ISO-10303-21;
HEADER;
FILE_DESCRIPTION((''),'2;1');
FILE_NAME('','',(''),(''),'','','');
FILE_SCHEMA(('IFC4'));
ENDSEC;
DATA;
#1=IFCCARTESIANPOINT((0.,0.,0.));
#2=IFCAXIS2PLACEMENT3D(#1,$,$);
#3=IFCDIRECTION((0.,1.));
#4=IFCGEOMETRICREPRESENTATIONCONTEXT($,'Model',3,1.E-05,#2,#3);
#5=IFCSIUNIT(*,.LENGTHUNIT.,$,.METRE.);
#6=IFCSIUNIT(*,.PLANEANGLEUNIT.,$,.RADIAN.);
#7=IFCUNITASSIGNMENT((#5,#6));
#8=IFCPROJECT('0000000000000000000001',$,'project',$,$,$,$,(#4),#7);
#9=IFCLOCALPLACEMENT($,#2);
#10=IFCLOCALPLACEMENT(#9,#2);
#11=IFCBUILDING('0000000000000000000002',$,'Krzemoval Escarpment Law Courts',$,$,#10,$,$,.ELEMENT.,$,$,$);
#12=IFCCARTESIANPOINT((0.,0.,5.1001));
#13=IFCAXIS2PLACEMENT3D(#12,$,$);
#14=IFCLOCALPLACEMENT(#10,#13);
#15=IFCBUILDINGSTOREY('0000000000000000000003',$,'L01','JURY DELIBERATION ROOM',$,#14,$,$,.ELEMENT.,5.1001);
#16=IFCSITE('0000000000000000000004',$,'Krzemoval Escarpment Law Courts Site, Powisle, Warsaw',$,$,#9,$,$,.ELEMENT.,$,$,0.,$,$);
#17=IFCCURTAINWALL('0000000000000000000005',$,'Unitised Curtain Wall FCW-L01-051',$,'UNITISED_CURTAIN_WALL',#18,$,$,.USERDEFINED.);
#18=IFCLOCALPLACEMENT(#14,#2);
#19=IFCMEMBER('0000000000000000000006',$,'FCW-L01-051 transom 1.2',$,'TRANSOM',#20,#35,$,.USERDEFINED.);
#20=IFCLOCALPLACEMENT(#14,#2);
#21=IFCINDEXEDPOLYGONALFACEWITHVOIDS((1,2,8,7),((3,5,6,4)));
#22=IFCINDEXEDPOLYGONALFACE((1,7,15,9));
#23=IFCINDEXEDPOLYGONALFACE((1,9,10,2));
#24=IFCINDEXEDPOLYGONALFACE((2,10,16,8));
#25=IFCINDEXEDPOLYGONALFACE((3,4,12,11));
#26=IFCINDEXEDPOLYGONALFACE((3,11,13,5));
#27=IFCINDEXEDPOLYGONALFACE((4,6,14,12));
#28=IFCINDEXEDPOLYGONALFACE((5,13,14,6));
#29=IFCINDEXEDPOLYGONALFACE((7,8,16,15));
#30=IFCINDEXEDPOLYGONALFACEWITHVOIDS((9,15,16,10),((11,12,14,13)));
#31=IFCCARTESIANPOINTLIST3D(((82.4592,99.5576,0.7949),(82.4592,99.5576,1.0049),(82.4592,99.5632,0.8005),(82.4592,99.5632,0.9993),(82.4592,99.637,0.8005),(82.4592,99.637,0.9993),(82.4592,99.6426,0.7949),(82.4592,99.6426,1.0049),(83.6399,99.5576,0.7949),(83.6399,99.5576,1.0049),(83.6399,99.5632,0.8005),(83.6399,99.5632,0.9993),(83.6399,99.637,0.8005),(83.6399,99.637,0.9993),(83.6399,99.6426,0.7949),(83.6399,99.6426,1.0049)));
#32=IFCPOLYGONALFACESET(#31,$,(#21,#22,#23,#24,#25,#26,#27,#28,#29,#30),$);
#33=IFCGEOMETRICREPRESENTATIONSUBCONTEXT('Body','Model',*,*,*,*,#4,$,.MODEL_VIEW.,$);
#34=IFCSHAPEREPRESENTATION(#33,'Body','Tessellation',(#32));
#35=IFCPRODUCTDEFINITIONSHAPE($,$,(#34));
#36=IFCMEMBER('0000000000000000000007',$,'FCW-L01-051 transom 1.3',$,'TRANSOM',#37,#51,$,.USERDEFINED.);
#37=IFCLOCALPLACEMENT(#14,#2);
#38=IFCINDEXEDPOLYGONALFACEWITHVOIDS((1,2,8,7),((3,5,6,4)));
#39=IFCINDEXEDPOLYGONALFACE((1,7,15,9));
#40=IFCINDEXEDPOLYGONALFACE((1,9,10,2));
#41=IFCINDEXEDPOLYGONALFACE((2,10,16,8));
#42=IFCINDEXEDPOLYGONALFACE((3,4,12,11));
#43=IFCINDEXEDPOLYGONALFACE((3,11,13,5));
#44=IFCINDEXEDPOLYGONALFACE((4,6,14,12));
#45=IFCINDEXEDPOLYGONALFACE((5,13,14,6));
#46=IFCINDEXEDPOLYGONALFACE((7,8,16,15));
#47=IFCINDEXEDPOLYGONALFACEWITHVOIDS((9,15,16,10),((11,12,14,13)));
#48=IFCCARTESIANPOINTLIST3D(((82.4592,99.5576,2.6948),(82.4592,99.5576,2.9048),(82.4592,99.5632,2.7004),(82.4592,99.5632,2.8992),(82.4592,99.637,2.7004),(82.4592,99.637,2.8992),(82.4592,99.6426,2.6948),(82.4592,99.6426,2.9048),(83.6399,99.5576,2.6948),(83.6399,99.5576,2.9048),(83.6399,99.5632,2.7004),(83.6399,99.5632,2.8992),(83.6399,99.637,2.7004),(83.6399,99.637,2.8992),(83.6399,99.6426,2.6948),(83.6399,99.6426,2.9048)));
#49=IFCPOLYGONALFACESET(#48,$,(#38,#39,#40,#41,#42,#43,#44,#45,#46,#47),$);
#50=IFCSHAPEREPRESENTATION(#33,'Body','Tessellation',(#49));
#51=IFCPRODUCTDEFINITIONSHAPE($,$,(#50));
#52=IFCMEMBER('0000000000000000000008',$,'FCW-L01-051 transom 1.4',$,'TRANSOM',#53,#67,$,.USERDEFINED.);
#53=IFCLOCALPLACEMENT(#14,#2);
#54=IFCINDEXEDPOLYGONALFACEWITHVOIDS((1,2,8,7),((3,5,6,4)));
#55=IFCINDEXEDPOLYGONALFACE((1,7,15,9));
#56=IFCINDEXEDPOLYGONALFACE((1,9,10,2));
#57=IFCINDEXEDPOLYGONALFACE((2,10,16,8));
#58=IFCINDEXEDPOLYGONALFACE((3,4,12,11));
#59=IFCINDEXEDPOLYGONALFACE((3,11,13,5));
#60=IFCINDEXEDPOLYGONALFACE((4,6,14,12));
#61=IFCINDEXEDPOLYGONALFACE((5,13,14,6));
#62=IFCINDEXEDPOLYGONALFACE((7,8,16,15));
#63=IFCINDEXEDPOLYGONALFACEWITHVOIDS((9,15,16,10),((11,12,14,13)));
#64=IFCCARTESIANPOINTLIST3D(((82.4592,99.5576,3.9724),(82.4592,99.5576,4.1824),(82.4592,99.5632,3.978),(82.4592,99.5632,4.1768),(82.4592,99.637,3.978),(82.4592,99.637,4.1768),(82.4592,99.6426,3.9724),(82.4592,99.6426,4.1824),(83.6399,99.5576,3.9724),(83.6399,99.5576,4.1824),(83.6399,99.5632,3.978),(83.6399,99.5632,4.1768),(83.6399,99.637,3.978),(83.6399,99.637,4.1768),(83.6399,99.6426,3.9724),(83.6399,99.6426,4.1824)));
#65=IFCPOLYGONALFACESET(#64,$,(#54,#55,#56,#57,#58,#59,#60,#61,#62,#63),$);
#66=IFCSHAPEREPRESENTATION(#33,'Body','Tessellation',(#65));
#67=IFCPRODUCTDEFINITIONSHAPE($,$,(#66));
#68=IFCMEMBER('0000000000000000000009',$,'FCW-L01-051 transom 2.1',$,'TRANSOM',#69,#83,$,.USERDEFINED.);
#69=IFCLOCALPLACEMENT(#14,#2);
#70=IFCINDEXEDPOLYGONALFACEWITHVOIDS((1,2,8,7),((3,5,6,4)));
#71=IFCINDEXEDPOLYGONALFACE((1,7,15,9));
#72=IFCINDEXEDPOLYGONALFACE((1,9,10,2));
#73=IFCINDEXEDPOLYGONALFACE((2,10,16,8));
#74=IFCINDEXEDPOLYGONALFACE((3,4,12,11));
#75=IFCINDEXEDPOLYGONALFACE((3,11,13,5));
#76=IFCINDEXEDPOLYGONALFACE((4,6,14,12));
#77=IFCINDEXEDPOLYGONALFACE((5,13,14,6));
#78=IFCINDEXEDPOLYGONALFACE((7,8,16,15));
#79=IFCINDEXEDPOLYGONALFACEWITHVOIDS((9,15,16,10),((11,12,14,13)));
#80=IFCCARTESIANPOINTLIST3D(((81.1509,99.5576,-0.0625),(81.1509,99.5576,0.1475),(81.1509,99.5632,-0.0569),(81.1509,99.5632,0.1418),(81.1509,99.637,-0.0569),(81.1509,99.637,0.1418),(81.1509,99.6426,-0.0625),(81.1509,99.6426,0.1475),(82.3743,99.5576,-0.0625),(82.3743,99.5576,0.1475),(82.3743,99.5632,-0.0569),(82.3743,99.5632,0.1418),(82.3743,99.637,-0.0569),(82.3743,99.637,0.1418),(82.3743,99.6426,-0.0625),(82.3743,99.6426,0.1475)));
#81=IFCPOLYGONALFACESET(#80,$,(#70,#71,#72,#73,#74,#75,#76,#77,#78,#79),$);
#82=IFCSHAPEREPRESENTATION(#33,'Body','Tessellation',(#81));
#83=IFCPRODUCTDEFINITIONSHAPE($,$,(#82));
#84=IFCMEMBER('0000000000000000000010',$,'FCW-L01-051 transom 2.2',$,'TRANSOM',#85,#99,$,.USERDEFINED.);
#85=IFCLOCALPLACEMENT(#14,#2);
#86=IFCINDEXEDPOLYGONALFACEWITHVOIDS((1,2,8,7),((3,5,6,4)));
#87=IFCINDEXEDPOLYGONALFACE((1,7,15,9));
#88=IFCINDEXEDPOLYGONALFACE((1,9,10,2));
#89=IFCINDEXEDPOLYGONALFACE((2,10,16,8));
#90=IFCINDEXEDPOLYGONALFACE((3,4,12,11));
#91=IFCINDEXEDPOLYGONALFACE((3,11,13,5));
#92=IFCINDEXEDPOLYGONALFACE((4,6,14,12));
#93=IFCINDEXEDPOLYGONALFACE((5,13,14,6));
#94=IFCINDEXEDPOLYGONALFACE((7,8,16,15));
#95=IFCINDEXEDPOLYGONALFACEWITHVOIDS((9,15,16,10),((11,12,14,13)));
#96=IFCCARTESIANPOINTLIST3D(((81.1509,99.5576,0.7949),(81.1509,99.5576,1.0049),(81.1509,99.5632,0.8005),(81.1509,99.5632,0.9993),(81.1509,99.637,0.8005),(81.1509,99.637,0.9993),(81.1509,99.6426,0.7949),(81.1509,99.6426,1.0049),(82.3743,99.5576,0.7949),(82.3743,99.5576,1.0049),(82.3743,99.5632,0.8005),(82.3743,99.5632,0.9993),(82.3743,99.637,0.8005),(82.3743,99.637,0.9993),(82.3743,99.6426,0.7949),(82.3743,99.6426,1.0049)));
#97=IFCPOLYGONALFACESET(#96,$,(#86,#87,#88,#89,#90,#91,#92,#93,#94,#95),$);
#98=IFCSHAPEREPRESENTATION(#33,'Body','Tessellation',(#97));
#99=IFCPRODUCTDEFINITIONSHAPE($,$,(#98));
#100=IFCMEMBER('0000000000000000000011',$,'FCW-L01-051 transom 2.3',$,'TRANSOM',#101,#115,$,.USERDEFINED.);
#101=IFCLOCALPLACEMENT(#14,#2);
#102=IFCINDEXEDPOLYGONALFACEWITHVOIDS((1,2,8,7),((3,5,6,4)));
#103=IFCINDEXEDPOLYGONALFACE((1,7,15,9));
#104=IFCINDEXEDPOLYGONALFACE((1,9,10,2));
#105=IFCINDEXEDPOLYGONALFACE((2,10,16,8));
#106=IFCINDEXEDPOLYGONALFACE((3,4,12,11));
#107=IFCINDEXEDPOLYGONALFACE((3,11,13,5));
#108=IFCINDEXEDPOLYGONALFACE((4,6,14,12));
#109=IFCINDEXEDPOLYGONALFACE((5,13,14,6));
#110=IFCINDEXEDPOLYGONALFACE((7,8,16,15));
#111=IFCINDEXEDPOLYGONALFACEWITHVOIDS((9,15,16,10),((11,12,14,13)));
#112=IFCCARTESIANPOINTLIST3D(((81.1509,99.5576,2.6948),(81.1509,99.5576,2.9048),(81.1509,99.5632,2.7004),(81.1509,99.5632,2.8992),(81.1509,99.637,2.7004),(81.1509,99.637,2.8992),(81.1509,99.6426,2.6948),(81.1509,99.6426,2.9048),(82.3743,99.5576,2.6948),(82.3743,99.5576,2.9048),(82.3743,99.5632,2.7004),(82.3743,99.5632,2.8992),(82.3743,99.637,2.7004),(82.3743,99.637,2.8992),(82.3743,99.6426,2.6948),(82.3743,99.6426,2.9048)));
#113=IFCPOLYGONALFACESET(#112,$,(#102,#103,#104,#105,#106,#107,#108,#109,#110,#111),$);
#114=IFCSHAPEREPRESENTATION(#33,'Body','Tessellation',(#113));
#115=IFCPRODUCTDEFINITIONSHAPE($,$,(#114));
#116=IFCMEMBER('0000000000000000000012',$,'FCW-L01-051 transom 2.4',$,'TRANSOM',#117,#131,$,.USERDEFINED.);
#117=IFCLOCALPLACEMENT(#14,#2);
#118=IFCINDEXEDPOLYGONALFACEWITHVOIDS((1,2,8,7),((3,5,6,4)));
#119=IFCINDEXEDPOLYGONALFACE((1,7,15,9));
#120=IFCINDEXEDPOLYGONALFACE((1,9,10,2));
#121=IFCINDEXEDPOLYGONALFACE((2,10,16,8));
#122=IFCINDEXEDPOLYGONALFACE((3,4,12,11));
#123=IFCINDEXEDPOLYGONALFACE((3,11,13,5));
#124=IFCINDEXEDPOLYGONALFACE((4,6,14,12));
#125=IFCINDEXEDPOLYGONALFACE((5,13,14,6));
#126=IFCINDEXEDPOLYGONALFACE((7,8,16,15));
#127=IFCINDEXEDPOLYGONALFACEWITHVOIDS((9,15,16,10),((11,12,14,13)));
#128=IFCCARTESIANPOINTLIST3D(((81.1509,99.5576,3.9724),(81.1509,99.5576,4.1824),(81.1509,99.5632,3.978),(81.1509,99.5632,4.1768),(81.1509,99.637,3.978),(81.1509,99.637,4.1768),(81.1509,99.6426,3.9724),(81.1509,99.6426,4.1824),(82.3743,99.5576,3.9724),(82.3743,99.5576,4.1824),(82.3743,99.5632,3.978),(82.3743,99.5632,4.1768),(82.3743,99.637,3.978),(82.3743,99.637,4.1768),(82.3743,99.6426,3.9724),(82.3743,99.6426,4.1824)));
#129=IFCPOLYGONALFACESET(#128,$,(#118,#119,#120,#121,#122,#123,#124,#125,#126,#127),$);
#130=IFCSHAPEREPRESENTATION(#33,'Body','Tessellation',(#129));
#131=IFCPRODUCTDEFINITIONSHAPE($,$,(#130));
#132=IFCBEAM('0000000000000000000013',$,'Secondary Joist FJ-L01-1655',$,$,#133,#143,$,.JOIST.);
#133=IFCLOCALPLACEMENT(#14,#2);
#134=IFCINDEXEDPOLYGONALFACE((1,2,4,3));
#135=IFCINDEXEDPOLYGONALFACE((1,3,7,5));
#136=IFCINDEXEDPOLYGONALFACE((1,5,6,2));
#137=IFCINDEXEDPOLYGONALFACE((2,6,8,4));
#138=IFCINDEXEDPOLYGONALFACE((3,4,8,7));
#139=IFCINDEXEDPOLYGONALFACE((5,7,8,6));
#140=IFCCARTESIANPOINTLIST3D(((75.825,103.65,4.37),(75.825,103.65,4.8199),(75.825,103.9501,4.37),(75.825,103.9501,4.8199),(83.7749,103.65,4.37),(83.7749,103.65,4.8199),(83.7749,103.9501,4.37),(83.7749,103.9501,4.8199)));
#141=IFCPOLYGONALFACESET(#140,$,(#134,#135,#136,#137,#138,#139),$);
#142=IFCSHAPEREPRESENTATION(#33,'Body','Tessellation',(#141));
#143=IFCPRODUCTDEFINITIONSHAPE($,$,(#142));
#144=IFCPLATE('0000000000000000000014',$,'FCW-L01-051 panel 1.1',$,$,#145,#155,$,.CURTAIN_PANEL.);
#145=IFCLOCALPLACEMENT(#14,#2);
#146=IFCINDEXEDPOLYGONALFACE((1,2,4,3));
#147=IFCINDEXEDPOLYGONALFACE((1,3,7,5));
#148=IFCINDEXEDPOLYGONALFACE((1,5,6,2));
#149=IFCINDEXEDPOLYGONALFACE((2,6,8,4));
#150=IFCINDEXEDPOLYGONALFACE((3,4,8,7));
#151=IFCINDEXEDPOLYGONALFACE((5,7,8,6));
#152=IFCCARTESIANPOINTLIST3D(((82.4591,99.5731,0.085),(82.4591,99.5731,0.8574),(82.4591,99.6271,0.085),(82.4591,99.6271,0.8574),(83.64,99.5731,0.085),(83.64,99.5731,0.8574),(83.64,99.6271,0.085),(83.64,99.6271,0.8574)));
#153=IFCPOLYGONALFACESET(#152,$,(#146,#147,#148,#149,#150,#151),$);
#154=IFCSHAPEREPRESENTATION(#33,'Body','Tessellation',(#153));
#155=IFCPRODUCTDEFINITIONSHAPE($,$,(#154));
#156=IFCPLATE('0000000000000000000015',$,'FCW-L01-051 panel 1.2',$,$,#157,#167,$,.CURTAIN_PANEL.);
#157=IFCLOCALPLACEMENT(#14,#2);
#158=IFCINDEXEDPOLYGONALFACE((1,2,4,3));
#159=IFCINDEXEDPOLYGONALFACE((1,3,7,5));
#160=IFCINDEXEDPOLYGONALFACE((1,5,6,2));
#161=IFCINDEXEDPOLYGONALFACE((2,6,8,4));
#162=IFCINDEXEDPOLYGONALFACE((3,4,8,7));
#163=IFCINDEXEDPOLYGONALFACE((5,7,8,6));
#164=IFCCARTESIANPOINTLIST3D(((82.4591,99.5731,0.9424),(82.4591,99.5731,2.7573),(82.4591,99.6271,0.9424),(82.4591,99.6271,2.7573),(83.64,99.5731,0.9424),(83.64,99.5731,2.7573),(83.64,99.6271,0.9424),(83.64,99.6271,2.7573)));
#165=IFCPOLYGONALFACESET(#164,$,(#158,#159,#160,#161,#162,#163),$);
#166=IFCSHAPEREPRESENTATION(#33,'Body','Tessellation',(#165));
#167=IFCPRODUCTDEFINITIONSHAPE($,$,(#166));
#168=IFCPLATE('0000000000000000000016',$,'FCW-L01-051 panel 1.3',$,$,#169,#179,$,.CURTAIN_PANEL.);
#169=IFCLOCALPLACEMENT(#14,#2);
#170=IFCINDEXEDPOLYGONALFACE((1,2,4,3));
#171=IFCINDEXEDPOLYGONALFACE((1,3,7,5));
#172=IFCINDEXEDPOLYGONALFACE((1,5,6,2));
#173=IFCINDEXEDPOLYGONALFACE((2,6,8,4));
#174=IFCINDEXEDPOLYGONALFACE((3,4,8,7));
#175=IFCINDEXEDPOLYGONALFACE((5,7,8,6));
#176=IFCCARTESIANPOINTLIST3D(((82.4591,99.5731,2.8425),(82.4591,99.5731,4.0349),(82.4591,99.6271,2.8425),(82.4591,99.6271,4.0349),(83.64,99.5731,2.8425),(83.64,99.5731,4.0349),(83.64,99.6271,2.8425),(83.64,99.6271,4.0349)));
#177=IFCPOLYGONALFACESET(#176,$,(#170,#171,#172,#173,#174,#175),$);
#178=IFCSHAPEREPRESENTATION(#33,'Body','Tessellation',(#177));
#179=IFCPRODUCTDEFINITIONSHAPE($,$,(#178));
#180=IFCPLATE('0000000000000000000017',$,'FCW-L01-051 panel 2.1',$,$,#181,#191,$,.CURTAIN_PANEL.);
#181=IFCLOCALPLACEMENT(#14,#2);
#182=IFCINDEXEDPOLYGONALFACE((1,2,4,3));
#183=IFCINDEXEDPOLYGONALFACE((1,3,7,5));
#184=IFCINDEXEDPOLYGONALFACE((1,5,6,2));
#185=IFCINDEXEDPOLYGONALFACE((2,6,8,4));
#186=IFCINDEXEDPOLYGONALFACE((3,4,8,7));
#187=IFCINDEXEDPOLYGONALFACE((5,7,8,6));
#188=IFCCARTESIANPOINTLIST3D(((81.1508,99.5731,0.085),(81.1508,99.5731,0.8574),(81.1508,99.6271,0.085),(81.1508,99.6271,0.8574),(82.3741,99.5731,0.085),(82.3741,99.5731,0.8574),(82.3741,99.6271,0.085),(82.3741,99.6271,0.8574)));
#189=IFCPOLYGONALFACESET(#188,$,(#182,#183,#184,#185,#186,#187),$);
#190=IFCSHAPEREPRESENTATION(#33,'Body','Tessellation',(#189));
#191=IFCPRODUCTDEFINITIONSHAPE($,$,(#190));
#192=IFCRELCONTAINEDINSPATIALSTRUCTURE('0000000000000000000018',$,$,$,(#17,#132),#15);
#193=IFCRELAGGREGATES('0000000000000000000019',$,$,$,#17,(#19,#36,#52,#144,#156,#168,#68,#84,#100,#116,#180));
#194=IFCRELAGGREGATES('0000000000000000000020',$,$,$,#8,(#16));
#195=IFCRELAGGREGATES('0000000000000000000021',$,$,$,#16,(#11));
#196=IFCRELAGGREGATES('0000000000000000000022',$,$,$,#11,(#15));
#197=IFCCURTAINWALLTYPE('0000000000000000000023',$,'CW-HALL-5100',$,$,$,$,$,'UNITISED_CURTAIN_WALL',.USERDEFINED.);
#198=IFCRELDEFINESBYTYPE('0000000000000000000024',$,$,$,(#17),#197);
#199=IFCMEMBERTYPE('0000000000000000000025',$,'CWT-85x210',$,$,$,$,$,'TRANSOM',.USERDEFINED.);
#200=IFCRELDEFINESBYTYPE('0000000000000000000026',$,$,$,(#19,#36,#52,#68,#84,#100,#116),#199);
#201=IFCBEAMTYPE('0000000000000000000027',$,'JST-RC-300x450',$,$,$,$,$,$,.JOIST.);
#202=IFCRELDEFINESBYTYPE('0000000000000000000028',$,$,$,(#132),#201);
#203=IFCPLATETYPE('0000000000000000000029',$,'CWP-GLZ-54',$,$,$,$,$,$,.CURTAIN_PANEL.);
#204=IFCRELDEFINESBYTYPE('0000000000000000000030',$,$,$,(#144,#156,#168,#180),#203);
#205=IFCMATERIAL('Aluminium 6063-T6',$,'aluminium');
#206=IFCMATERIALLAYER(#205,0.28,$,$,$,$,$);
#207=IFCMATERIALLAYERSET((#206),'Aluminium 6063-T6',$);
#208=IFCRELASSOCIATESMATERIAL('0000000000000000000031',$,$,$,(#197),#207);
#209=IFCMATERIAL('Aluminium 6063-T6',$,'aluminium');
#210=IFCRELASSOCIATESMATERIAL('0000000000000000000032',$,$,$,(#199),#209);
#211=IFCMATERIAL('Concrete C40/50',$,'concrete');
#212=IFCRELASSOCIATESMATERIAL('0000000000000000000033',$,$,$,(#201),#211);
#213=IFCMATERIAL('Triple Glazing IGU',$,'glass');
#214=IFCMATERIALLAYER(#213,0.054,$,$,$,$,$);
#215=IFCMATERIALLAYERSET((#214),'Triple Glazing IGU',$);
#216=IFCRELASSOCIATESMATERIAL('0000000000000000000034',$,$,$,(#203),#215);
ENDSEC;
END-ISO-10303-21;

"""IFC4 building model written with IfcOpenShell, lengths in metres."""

from ifc_helpers import new_model, si_unit, direction, frame, origin, origin_2d, place, context, subcontext, project, spatial, rectangle, hollow_rectangle, extrude, material, layer, layer_set, material_profile, profile_set, type_object, element, aggregate, save


model = new_model("IFC4")

# Units and contexts
model_context = context("Model", 3, precision=1e-05, world=origin(), true_north=direction((0.0, 1.0)))
body_context = subcontext(model_context, "Body", "Model", "MODEL_VIEW")
ifc_project = project(units=[si_unit("LENGTHUNIT", "METRE"), si_unit("PLANEANGLEUNIT", "RADIAN")], contexts=[model_context])

# Site, building, storey
site_placement = place(None, origin())
site = spatial("IfcSite", under=ifc_project, at=site_placement, Name="Krzemoval Escarpment Law Courts Site, Powisle, Warsaw", CompositionType="ELEMENT", RefElevation=0.0)
building_placement = place(site_placement, origin())
building = spatial("IfcBuilding", under=site, at=building_placement, Name="Krzemoval Escarpment Law Courts", CompositionType="ELEMENT")
storey_placement = place(building_placement, frame((0.0, 0.0, 5.1001)))
storey = spatial("IfcBuildingStorey", under=building, at=storey_placement, Name="L01", Description="JURY DELIBERATION ROOM", CompositionType="ELEMENT", Elevation=5.1001)

# Curtain wall, members
ifc_material_1 = material(Name="Aluminium 6063-T6", Category="aluminium")
ifc_layer_1 = layer(ifc_material_1, 0.28)
ifc_layer_set_1 = layer_set([ifc_layer_1], Name="Aluminium 6063-T6")
curtain_wall_type = type_object("IfcCurtainWallType", Name="CW-HALL-5100", ElementType="UNITISED_CURTAIN_WALL", PredefinedType="USERDEFINED", material=ifc_layer_set_1)
curtain_wall_placement = place(storey_placement, origin())
curtain_wall = element("IfcCurtainWall", 1, at=curtain_wall_placement, inside=storey, type_object=curtain_wall_type, Name="Unitised Curtain Wall FCW-L01-051", ObjectType="UNITISED_CURTAIN_WALL", PredefinedType="USERDEFINED")
ifc_material_2 = material(Name="Aluminium 6063-T6", Category="aluminium")
ifc_material_profile_1 = material_profile(ifc_material_2, hollow_rectangle(XDim=0.085, YDim=0.21, WallThickness=0.0056, at=origin_2d()), Name="ALU T85x210")
ifc_profile_set_1 = profile_set([ifc_material_profile_1], Name="Aluminium 6063-T6")
member_type_1 = type_object("IfcMemberType", Name="CWT-85x210", ElementType="TRANSOM", PredefinedType="USERDEFINED", material=ifc_profile_set_1)
member_1_placement = place(storey_placement, frame((83.6399, 99.6001, 0.8999), z_axis=(-1.0, 0.0, 0.0), x_axis=(0.0, -1.0, 0.0)))
member_1 = element("IfcMember", 2, at=member_1_placement, type_object=member_type_1, Name="FCW-L01-051 transom 1.2", ObjectType="TRANSOM", PredefinedType="USERDEFINED", context=body_context, shape_type="SweptSolid", body=[
    extrude(hollow_rectangle(XDim=0.085, YDim=0.21, WallThickness=0.0056, at=origin_2d()), origin(), (0.0, 0.0, 1.0), 1.1807),
])
member_2_placement = place(storey_placement, frame((83.6399, 99.6001, 2.7998), z_axis=(-1.0, 0.0, 0.0), x_axis=(0.0, -1.0, 0.0)))
member_2 = element("IfcMember", 3, at=member_2_placement, type_object=member_type_1, Name="FCW-L01-051 transom 1.3", ObjectType="TRANSOM", PredefinedType="USERDEFINED", context=body_context, shape_type="SweptSolid", body=[
    extrude(hollow_rectangle(XDim=0.085, YDim=0.21, WallThickness=0.0056, at=origin_2d()), origin(), (0.0, 0.0, 1.0), 1.1807),
])
member_3_placement = place(storey_placement, frame((83.6399, 99.6001, 4.0774), z_axis=(-1.0, 0.0, 0.0), x_axis=(0.0, -1.0, 0.0)))
member_3 = element("IfcMember", 4, at=member_3_placement, type_object=member_type_1, Name="FCW-L01-051 transom 1.4", ObjectType="TRANSOM", PredefinedType="USERDEFINED", context=body_context, shape_type="SweptSolid", body=[
    extrude(hollow_rectangle(XDim=0.085, YDim=0.21, WallThickness=0.0056, at=origin_2d()), origin(), (0.0, 0.0, 1.0), 1.1807),
])
member_4_placement = place(storey_placement, frame((82.3743, 99.6001, 0.0425), z_axis=(-1.0, 0.0, 0.0), x_axis=(0.0, -1.0, 0.0)))
member_4 = element("IfcMember", 5, at=member_4_placement, type_object=member_type_1, Name="FCW-L01-051 transom 2.1", ObjectType="TRANSOM", PredefinedType="USERDEFINED", context=body_context, shape_type="SweptSolid", body=[
    extrude(hollow_rectangle(XDim=0.085, YDim=0.21, WallThickness=0.0056, at=origin_2d()), origin(), (0.0, 0.0, 1.0), 1.2234),
])
member_5_placement = place(storey_placement, frame((82.3743, 99.6001, 0.8999), z_axis=(-1.0, 0.0, 0.0), x_axis=(0.0, -1.0, 0.0)))
member_5 = element("IfcMember", 6, at=member_5_placement, type_object=member_type_1, Name="FCW-L01-051 transom 2.2", ObjectType="TRANSOM", PredefinedType="USERDEFINED", context=body_context, shape_type="SweptSolid", body=[
    extrude(hollow_rectangle(XDim=0.085, YDim=0.21, WallThickness=0.0056, at=origin_2d()), origin(), (0.0, 0.0, 1.0), 1.2234),
])
member_6_placement = place(storey_placement, frame((82.3743, 99.6001, 2.7998), z_axis=(-1.0, 0.0, 0.0), x_axis=(0.0, -1.0, 0.0)))
member_6 = element("IfcMember", 7, at=member_6_placement, type_object=member_type_1, Name="FCW-L01-051 transom 2.3", ObjectType="TRANSOM", PredefinedType="USERDEFINED", context=body_context, shape_type="SweptSolid", body=[
    extrude(hollow_rectangle(XDim=0.085, YDim=0.21, WallThickness=0.0056, at=origin_2d()), origin(), (0.0, 0.0, 1.0), 1.2234),
])
member_7_placement = place(storey_placement, frame((82.3743, 99.6001, 4.0774), z_axis=(-1.0, 0.0, 0.0), x_axis=(0.0, -1.0, 0.0)))
member_7 = element("IfcMember", 8, at=member_7_placement, type_object=member_type_1, Name="FCW-L01-051 transom 2.4", ObjectType="TRANSOM", PredefinedType="USERDEFINED", context=body_context, shape_type="SweptSolid", body=[
    extrude(hollow_rectangle(XDim=0.085, YDim=0.21, WallThickness=0.0056, at=origin_2d()), origin(), (0.0, 0.0, 1.0), 1.2234),
])

# Beam
ifc_material_3 = material(Name="Concrete C40/50", Category="concrete")
ifc_material_profile_2 = material_profile(ifc_material_3, rectangle(XDim=0.3, YDim=0.45, at=origin_2d()), Name="RCB 300x450")
ifc_profile_set_2 = profile_set([ifc_material_profile_2], Name="Concrete C40/50")
beam_type_1 = type_object("IfcBeamType", Name="JST-RC-300x450", PredefinedType="JOIST", material=ifc_profile_set_2)
beam_placement = place(storey_placement, frame((75.825, 103.8, 4.595), z_axis=(1.0, 0.0, 0.0), x_axis=(0.0, 1.0, 0.0)))
element("IfcBeam", 9, at=beam_placement, inside=storey, type_object=beam_type_1, Name="Secondary Joist FJ-L01-1655", PredefinedType="JOIST", context=body_context, shape_type="SweptSolid", body=[
    extrude(rectangle(XDim=0.3, YDim=0.45, at=origin_2d()), origin(), (0.0, 0.0, 1.0), 7.95),
])

# Plates
ifc_material_4 = material(Name="Triple Glazing IGU", Category="glass")
ifc_layer_2 = layer(ifc_material_4, 0.054)
ifc_layer_set_2 = layer_set([ifc_layer_2], Name="Triple Glazing IGU")
plate_type = type_object("IfcPlateType", Name="CWP-GLZ-54", PredefinedType="CURTAIN_PANEL", material=ifc_layer_set_2)
plate_1_placement = place(storey_placement, frame((83.0496, 99.6001, 0.085), z_axis=(0.0, 0.0, 1.0), x_axis=(-1.0, 0.0, 0.0)))
plate_1 = element("IfcPlate", 10, at=plate_1_placement, type_object=plate_type, Name="FCW-L01-051 panel 1.1", PredefinedType="CURTAIN_PANEL", context=body_context, shape_type="SweptSolid", body=[
    extrude(rectangle(XDim=1.1809, YDim=0.054, at=origin_2d()), origin(), (0.0, 0.0, 1.0), 0.7725),
])
plate_2_placement = place(storey_placement, frame((83.0496, 99.6001, 0.9424), z_axis=(0.0, 0.0, 1.0), x_axis=(-1.0, 0.0, 0.0)))
plate_2 = element("IfcPlate", 11, at=plate_2_placement, type_object=plate_type, Name="FCW-L01-051 panel 1.2", PredefinedType="CURTAIN_PANEL", context=body_context, shape_type="SweptSolid", body=[
    extrude(rectangle(XDim=1.1809, YDim=0.054, at=origin_2d()), origin(), (0.0, 0.0, 1.0), 1.8149),
])
plate_3_placement = place(storey_placement, frame((83.0496, 99.6001, 2.8425), z_axis=(0.0, 0.0, 1.0), x_axis=(-1.0, 0.0, 0.0)))
plate_3 = element("IfcPlate", 12, at=plate_3_placement, type_object=plate_type, Name="FCW-L01-051 panel 1.3", PredefinedType="CURTAIN_PANEL", context=body_context, shape_type="SweptSolid", body=[
    extrude(rectangle(XDim=1.1809, YDim=0.054, at=origin_2d()), origin(), (0.0, 0.0, 1.0), 1.1924),
])
plate_4_placement = place(storey_placement, frame((81.7625, 99.6001, 0.085), z_axis=(0.0, 0.0, 1.0), x_axis=(-1.0, 0.0, 0.0)))
plate_4 = element("IfcPlate", 13, at=plate_4_placement, type_object=plate_type, Name="FCW-L01-051 panel 2.1", PredefinedType="CURTAIN_PANEL", context=body_context, shape_type="SweptSolid", body=[
    extrude(rectangle(XDim=1.2234, YDim=0.054, at=origin_2d()), origin(), (0.0, 0.0, 1.0), 0.7725),
])
aggregate(curtain_wall, [member_1, member_2, member_3, plate_1, plate_2, plate_3, member_4, member_5, member_6, member_7, plate_4])

save(model, "model.ifc")
